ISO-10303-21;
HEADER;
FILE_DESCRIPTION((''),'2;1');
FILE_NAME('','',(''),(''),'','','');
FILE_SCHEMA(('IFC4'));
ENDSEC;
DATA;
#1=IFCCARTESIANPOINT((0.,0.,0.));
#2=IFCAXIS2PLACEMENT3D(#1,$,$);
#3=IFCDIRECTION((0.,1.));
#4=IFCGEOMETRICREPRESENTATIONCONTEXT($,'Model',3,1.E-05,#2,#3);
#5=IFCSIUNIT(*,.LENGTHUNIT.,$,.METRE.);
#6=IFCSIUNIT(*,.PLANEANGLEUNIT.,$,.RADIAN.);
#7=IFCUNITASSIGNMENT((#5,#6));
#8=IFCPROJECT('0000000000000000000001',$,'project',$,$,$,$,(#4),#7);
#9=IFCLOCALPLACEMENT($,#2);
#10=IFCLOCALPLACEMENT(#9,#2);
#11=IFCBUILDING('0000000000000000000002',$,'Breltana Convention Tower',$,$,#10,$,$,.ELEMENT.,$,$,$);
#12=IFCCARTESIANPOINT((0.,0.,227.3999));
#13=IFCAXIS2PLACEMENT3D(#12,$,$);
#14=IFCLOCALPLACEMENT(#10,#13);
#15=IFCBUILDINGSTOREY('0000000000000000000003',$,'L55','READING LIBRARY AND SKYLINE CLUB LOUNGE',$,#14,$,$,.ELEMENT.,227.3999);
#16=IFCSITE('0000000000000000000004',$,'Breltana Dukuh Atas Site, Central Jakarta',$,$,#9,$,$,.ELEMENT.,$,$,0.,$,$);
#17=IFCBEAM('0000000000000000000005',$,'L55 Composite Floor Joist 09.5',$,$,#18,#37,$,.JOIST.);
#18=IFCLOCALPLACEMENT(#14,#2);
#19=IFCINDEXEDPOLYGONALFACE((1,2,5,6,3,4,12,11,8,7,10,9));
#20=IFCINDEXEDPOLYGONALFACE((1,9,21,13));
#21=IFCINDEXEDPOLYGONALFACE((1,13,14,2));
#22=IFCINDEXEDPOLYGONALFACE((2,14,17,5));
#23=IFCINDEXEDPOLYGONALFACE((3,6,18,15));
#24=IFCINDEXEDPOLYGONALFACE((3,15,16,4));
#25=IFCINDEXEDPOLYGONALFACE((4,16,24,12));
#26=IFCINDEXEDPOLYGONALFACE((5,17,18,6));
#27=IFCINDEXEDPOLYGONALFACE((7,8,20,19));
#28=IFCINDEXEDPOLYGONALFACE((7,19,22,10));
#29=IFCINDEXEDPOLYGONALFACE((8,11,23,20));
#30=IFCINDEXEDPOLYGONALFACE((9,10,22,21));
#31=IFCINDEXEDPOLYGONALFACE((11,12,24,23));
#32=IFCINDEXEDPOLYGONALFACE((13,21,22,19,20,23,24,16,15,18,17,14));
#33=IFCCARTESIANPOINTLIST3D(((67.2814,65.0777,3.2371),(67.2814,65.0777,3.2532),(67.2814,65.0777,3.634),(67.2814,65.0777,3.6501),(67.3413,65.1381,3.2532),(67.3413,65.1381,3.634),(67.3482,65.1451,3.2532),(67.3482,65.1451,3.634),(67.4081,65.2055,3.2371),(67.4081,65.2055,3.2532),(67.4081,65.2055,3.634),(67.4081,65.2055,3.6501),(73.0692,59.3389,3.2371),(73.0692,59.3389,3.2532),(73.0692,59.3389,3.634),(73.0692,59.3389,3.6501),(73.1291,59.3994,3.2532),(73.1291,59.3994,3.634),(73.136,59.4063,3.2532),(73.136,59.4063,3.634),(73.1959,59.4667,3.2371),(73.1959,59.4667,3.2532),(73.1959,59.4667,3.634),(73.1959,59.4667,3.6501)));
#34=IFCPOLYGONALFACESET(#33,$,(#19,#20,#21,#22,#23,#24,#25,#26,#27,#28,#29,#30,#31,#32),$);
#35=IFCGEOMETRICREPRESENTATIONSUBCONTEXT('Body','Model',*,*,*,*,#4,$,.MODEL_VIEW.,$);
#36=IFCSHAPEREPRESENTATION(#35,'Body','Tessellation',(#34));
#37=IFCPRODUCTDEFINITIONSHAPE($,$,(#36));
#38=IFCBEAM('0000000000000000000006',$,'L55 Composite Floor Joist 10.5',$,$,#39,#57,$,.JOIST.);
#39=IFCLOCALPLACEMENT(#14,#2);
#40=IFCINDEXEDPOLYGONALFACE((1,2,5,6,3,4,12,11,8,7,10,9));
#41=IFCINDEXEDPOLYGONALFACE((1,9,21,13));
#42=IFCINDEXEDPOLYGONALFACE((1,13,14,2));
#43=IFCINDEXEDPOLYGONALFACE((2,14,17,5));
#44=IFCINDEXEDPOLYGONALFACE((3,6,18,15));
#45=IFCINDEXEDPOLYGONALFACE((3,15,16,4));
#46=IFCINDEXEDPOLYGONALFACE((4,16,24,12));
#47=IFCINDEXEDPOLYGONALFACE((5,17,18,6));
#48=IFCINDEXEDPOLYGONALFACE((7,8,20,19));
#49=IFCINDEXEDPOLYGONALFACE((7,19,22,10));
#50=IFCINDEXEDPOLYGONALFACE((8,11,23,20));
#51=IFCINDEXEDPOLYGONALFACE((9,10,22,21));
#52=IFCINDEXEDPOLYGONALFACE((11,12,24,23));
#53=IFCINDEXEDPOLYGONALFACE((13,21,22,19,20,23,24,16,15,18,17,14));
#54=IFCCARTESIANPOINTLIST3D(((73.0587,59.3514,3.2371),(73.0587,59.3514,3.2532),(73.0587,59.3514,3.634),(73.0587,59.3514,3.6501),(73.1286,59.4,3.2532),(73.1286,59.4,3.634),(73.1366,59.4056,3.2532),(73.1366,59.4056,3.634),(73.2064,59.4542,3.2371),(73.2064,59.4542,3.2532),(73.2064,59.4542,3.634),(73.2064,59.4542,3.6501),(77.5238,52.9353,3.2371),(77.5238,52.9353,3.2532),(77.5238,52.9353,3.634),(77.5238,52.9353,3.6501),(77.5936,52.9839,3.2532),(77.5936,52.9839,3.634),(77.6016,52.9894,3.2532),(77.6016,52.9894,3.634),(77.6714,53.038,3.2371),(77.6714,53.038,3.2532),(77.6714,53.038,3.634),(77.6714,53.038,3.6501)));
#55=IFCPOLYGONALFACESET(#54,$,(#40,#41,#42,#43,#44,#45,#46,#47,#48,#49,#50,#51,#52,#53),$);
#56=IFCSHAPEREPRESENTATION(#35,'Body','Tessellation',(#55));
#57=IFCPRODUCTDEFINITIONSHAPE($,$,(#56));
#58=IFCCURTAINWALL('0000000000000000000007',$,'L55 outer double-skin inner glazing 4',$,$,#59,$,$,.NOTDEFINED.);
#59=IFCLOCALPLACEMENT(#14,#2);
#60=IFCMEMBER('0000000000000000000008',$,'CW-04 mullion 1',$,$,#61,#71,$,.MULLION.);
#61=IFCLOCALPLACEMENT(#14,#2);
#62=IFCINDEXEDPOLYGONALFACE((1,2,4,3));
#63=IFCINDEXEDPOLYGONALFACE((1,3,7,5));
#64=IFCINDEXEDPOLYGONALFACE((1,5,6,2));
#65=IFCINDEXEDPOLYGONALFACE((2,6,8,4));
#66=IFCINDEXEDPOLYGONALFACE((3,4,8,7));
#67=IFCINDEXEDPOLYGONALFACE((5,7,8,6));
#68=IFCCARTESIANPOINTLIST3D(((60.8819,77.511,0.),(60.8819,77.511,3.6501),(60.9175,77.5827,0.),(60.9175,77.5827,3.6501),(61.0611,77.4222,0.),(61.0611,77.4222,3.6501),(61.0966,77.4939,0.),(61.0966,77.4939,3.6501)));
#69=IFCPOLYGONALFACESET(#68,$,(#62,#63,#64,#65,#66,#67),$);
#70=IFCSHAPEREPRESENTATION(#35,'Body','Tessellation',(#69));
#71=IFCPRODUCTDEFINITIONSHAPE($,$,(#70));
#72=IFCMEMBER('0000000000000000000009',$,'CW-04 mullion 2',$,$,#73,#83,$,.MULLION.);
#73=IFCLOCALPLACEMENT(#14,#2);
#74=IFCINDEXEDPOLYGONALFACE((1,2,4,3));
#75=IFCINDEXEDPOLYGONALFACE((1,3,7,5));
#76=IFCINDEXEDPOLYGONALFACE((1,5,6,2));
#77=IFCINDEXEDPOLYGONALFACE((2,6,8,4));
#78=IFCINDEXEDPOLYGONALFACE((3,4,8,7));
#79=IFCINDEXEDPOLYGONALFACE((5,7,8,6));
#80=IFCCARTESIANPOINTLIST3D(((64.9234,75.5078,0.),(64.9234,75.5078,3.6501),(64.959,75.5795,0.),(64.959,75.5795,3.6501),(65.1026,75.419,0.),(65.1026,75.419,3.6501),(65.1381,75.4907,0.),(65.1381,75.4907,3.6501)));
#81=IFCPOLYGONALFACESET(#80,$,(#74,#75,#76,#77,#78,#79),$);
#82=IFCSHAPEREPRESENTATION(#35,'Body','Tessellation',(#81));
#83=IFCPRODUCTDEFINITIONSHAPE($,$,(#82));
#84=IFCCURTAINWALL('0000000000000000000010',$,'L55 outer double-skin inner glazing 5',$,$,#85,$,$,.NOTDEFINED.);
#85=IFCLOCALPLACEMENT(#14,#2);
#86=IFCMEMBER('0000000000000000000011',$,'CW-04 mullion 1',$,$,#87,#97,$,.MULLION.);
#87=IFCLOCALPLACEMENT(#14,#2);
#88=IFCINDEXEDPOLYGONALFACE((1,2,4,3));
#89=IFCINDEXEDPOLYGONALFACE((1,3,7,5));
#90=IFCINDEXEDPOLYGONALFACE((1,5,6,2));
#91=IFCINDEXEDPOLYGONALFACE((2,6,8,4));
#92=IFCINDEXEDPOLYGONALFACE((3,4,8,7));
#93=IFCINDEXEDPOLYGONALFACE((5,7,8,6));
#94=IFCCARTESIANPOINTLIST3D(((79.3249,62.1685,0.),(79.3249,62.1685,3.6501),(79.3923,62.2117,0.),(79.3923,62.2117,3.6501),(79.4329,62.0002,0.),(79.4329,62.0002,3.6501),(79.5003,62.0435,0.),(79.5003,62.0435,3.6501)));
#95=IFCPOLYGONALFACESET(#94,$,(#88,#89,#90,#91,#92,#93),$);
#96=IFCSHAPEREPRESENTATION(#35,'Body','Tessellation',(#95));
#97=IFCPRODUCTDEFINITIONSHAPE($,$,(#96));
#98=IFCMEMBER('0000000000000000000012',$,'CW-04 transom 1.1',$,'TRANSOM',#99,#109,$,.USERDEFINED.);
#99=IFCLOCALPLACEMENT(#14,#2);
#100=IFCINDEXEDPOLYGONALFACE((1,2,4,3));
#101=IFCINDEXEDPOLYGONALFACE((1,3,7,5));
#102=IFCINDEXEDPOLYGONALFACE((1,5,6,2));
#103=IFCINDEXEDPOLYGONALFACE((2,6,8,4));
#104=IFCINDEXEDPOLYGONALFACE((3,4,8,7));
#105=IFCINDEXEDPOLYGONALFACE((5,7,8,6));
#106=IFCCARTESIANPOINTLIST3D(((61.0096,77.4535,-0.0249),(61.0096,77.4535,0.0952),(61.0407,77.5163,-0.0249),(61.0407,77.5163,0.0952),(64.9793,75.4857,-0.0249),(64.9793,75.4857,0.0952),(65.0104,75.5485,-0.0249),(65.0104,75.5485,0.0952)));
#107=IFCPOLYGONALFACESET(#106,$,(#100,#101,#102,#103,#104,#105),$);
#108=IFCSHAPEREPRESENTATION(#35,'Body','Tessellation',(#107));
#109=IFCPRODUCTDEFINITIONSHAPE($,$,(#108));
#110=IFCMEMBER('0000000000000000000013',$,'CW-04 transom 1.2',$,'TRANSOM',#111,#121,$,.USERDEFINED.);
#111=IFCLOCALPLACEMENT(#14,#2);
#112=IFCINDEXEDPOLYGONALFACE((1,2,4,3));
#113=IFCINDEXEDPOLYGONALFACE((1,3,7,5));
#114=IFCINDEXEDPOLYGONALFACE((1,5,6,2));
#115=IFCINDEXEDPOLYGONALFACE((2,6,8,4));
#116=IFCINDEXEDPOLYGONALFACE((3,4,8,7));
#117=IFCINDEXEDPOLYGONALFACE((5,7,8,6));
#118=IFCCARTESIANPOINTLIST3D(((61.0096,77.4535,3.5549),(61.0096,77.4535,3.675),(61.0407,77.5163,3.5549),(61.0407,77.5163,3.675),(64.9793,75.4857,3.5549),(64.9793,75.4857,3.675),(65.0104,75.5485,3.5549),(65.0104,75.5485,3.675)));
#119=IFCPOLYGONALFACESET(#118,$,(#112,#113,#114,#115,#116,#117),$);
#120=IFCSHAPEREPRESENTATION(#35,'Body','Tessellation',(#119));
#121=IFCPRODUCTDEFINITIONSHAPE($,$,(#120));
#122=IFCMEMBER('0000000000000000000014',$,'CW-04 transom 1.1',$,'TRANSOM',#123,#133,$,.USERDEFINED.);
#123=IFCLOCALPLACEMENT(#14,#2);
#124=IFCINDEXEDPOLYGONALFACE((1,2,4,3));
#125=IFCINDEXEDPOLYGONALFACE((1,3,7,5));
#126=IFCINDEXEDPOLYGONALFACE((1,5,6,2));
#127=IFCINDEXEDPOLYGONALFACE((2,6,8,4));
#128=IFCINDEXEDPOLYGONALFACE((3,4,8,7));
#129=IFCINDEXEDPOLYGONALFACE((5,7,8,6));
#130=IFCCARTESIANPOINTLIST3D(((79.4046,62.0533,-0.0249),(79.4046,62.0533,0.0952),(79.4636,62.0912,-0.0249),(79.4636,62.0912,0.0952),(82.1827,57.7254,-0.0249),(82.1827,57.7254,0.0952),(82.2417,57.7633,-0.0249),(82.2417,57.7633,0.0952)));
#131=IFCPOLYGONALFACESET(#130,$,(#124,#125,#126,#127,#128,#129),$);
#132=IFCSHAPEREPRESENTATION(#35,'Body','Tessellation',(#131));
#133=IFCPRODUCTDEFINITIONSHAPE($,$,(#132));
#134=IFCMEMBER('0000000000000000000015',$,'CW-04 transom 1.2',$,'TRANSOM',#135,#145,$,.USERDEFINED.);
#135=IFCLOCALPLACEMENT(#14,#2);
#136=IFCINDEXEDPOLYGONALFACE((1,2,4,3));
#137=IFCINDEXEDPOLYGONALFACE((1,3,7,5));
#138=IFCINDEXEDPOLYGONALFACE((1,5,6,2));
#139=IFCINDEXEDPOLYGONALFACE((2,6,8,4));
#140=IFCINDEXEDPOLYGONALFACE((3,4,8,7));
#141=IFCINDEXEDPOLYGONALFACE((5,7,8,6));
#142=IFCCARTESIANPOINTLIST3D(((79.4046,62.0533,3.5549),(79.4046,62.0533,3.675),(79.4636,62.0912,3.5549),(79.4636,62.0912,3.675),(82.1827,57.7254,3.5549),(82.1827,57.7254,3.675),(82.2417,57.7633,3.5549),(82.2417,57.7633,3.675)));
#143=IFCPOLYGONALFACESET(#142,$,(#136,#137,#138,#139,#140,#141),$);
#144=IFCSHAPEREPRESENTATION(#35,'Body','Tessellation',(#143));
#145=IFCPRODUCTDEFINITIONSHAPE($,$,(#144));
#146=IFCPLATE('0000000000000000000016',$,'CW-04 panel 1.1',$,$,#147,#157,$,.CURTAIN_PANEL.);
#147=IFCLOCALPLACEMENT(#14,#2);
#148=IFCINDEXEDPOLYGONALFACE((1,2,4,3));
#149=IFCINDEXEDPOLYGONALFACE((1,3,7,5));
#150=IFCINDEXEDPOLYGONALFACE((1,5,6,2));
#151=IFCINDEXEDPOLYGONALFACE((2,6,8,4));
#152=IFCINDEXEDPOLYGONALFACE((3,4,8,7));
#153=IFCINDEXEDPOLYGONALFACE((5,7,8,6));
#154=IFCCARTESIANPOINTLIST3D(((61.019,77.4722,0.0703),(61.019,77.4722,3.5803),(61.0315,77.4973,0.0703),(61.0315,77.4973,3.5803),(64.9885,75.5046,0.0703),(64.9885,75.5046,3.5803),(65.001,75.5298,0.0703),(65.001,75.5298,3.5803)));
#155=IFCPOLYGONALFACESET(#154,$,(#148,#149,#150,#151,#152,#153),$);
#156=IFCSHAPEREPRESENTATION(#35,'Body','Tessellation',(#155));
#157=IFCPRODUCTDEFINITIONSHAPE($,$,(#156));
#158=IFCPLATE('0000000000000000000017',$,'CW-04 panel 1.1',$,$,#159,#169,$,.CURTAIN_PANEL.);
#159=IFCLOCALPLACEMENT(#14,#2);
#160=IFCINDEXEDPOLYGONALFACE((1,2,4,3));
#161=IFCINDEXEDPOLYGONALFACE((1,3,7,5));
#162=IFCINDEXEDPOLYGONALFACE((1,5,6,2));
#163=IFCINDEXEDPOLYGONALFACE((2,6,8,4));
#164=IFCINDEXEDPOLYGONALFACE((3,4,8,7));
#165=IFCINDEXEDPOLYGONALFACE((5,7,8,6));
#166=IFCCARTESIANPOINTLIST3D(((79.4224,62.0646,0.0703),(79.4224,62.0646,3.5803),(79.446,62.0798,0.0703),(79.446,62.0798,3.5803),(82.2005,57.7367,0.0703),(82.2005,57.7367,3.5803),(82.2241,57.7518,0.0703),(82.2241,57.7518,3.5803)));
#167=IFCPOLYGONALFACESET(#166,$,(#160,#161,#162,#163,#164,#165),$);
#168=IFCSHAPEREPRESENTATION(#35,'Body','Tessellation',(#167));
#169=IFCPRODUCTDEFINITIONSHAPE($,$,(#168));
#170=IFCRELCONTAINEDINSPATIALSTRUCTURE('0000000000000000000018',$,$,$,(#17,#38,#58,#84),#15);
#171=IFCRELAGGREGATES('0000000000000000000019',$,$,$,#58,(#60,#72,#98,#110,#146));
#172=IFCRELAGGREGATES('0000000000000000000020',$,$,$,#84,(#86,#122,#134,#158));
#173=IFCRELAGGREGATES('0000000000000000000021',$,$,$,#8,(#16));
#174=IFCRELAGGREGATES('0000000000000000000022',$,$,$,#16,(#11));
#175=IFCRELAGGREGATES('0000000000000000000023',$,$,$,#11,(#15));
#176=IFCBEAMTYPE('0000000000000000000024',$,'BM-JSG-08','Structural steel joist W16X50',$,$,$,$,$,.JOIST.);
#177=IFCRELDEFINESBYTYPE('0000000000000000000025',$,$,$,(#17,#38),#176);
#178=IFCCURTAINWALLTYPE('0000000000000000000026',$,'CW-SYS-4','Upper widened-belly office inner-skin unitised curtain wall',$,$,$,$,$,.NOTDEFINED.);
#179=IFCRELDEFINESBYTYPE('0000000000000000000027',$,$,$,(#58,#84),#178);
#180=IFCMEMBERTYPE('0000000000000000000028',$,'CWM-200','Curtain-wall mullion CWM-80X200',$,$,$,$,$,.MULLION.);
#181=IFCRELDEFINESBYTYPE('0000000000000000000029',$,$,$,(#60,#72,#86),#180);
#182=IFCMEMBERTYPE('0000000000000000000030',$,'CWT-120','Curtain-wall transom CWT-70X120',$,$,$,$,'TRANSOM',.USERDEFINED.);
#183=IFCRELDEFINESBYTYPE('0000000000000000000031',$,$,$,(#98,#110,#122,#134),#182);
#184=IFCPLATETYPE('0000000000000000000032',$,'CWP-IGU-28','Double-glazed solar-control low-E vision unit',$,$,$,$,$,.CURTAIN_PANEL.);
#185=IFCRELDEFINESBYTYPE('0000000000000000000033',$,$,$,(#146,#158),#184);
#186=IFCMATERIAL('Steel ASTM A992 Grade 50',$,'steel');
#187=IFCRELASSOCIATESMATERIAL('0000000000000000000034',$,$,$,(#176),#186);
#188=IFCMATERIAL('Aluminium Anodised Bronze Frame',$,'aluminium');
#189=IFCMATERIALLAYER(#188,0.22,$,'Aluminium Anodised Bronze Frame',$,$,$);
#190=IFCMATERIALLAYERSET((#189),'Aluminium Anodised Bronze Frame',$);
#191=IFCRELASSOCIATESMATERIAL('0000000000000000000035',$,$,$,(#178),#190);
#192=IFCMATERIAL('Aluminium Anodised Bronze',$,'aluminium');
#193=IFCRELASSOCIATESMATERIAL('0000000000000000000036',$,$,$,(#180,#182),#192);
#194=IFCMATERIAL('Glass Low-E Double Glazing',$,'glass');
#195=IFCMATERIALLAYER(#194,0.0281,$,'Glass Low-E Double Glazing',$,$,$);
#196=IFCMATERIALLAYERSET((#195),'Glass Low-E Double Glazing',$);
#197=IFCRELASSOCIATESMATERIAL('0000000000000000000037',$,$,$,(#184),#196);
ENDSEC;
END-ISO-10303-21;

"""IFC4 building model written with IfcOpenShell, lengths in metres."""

from ifc_helpers import new_model, si_unit, direction, frame, origin, origin_2d, place, context, subcontext, project, spatial, rectangle, i_section, extrude, source, transform, mapped, material, layer, layer_set, material_profile, profile_set, type_object, element, aggregate, save


model = new_model("IFC4")

# Units and contexts
model_context = context("Model", 3, precision=1e-05, world=origin(), true_north=direction((0.0, 1.0)))
body_context = subcontext(model_context, "Body", "Model", "MODEL_VIEW")
ifc_project = project(units=[si_unit("LENGTHUNIT", "METRE"), si_unit("PLANEANGLEUNIT", "RADIAN")], contexts=[model_context])

# Site, building, storey
site_placement = place(None, origin())
site = spatial("IfcSite", under=ifc_project, at=site_placement, Name="Breltana Dukuh Atas Site, Central Jakarta", CompositionType="ELEMENT", RefElevation=0.0)
building_placement = place(site_placement, origin())
building = spatial("IfcBuilding", under=site, at=building_placement, Name="Breltana Convention Tower", CompositionType="ELEMENT")
storey_placement = place(building_placement, frame((0.0, 0.0, 227.3999)))
storey = spatial("IfcBuildingStorey", under=building, at=storey_placement, Name="L55", Description="READING LIBRARY AND SKYLINE CLUB LOUNGE", CompositionType="ELEMENT", Elevation=227.3999)

# Beams
ifc_material_1 = material(Name="Steel ASTM A992 Grade 50", Category="steel")
ifc_material_profile_1 = material_profile(ifc_material_1, i_section(OverallWidth=0.1799, OverallDepth=0.4131, WebThickness=0.0098, FlangeThickness=0.0161, at=origin_2d()), Name="W16X50")
ifc_profile_set_1 = profile_set([ifc_material_profile_1], Name="Steel ASTM A992 Grade 50")
beam_type_1 = type_object("IfcBeamType", Name="BM-JSG-08", Description="Structural steel joist W16X50", PredefinedType="JOIST", material=ifc_profile_set_1)
shared_shape_1 = source(origin(), body_context, "Body", "SweptSolid", [
    extrude(i_section(OverallWidth=0.1799, OverallDepth=0.4131, WebThickness=0.0098, FlangeThickness=0.0161, at=origin_2d()), origin(), (0.0, 0.0, 1.0), 8.1506),
])
beam_1_placement = place(storey_placement, frame((67.3447, 65.1416, 3.4436), z_axis=(0.710111, -0.70409, 0.0), x_axis=(0.70409, 0.710111, 0.0)))
element("IfcBeam", 1, at=beam_1_placement, inside=storey, type_object=beam_type_1, Name="L55 Composite Floor Joist 09.5", PredefinedType="JOIST", context=body_context, shape_type="MappedRepresentation", body=[
    mapped(shared_shape_1, transform((0.0, 0.0, 0.0), scale=1.0)),
])
shared_shape_2 = source(origin(), body_context, "Body", "SweptSolid", [
    extrude(i_section(OverallWidth=0.1799, OverallDepth=0.4131, WebThickness=0.0098, FlangeThickness=0.0161, at=origin_2d()), origin(), (0.0, 0.0, 1.0), 7.8169),
])
beam_2_placement = place(storey_placement, frame((73.1326, 59.4028, 3.4436), z_axis=(0.571203, -0.820809, 0.0), x_axis=(0.820809, 0.571203, 0.0)))
element("IfcBeam", 2, at=beam_2_placement, inside=storey, type_object=beam_type_1, Name="L55 Composite Floor Joist 10.5", PredefinedType="JOIST", context=body_context, shape_type="MappedRepresentation", body=[
    mapped(shared_shape_2, transform((0.0, 0.0, 0.0), scale=1.0)),
])

# Curtain wall, members
ifc_material_2 = material(Name="Aluminium Anodised Bronze Frame", Category="aluminium")
ifc_layer_1 = layer(ifc_material_2, 0.22, Name="Aluminium Anodised Bronze Frame")
ifc_layer_set_1 = layer_set([ifc_layer_1], Name="Aluminium Anodised Bronze Frame")
curtain_wall_type = type_object("IfcCurtainWallType", Name="CW-SYS-4", Description="Upper widened-belly office inner-skin unitised curtain wall", PredefinedType="NOTDEFINED", material=ifc_layer_set_1)
curtain_wall_1_placement = place(storey_placement, origin())
curtain_wall_1 = element("IfcCurtainWall", 3, at=curtain_wall_1_placement, inside=storey, type_object=curtain_wall_type, Name="L55 outer double-skin inner glazing 4", PredefinedType="NOTDEFINED")
ifc_material_3 = material(Name="Aluminium Anodised Bronze", Category="aluminium")
ifc_material_profile_2 = material_profile(ifc_material_3, rectangle(XDim=0.0801, YDim=0.2, at=origin_2d()), Name="CWM-80X200")
ifc_profile_set_2 = profile_set([ifc_material_profile_2], Name="Aluminium Anodised Bronze")
member_type_1 = type_object("IfcMemberType", Name="CWM-200", Description="Curtain-wall mullion CWM-80X200", PredefinedType="MULLION", material=ifc_profile_set_2)
shared_shape_3 = source(origin(), body_context, "Body", "SweptSolid", [
    extrude(rectangle(XDim=0.0801, YDim=0.2, at=origin_2d()), origin(), (0.0, 0.0, 1.0), 3.6501),
])
member_1_placement = place(storey_placement, frame((60.9893, 77.5024, 0.0), z_axis=(0.0, 0.0, 1.0), x_axis=(0.444109, 0.895973, 0.0)))
member_1 = element("IfcMember", 4, at=member_1_placement, type_object=member_type_1, Name="CW-04 mullion 1", PredefinedType="MULLION", context=body_context, shape_type="MappedRepresentation", body=[
    mapped(shared_shape_3, transform((0.0, 0.0, 0.0), scale=1.0)),
])
member_2_placement = place(storey_placement, frame((65.0308, 75.4993, 0.0), z_axis=(0.0, 0.0, 1.0), x_axis=(0.444109, 0.895973, 0.0)))
member_2 = element("IfcMember", 5, at=member_2_placement, type_object=member_type_1, Name="CW-04 mullion 2", PredefinedType="MULLION", context=body_context, shape_type="MappedRepresentation", body=[
    mapped(shared_shape_3, transform((0.0, 0.0, 0.0), scale=1.0)),
])

# Curtain wall, member
curtain_wall_2_placement = place(storey_placement, origin())
curtain_wall_2 = element("IfcCurtainWall", 6, at=curtain_wall_2_placement, inside=storey, type_object=curtain_wall_type, Name="L55 outer double-skin inner glazing 5", PredefinedType="NOTDEFINED")
member_3_placement = place(storey_placement, frame((79.4126, 62.106, 0.0), z_axis=(0.0, 0.0, 1.0), x_axis=(0.841548, 0.540182, 0.0)))
member_3 = element("IfcMember", 7, at=member_3_placement, type_object=member_type_1, Name="CW-04 mullion 1", PredefinedType="MULLION", context=body_context, shape_type="MappedRepresentation", body=[
    mapped(shared_shape_3, transform((0.0, 0.0, 0.0), scale=1.0)),
])

# Members
ifc_material_profile_3 = material_profile(ifc_material_3, rectangle(XDim=0.0701, YDim=0.1201, at=origin_2d()), Name="CWT-70X120")
ifc_profile_set_3 = profile_set([ifc_material_profile_3], Name="Aluminium Anodised Bronze")
member_type_2 = type_object("IfcMemberType", Name="CWT-120", Description="Curtain-wall transom CWT-70X120", ElementType="TRANSOM", PredefinedType="USERDEFINED", material=ifc_profile_set_3)
shared_shape_4 = source(origin(), body_context, "Body", "SweptSolid", [
    extrude(rectangle(XDim=0.0701, YDim=0.1201, at=origin_2d()), origin(), (0.0, 0.0, 1.0), 4.4307),
])
member_4_placement = place(storey_placement, frame((61.0251, 77.4849, 0.0352), z_axis=(0.895965, -0.444125, 0.0), x_axis=(0.444125, 0.895965, 0.0)))
member_4 = element("IfcMember", 8, at=member_4_placement, type_object=member_type_2, Name="CW-04 transom 1.1", ObjectType="TRANSOM", PredefinedType="USERDEFINED", context=body_context, shape_type="MappedRepresentation", body=[
    mapped(shared_shape_4, transform((0.0, 0.0, 0.0), scale=1.0)),
])
member_5_placement = place(storey_placement, frame((61.0251, 77.4849, 3.615), z_axis=(0.895965, -0.444125, 0.0), x_axis=(0.444125, 0.895965, 0.0)))
member_5 = element("IfcMember", 9, at=member_5_placement, type_object=member_type_2, Name="CW-04 transom 1.2", ObjectType="TRANSOM", PredefinedType="USERDEFINED", context=body_context, shape_type="MappedRepresentation", body=[
    mapped(shared_shape_4, transform((0.0, 0.0, 0.0), scale=1.0)),
])
shared_shape_5 = source(origin(), body_context, "Body", "SweptSolid", [
    extrude(rectangle(XDim=0.0701, YDim=0.1201, at=origin_2d()), origin(), (0.0, 0.0, 1.0), 5.1428),
])
member_6_placement = place(storey_placement, frame((79.4341, 62.0723, 0.0352), z_axis=(0.540189, -0.841544, 0.0), x_axis=(0.841544, 0.540189, 0.0)))
member_6 = element("IfcMember", 10, at=member_6_placement, type_object=member_type_2, Name="CW-04 transom 1.1", ObjectType="TRANSOM", PredefinedType="USERDEFINED", context=body_context, shape_type="MappedRepresentation", body=[
    mapped(shared_shape_5, transform((0.0, 0.0, 0.0), scale=1.0)),
])
member_7_placement = place(storey_placement, frame((79.4341, 62.0723, 3.615), z_axis=(0.540189, -0.841544, 0.0), x_axis=(0.841544, 0.540189, 0.0)))
member_7 = element("IfcMember", 11, at=member_7_placement, type_object=member_type_2, Name="CW-04 transom 1.2", ObjectType="TRANSOM", PredefinedType="USERDEFINED", context=body_context, shape_type="MappedRepresentation", body=[
    mapped(shared_shape_5, transform((0.0, 0.0, 0.0), scale=1.0)),
])

# Plates
ifc_material_4 = material(Name="Glass Low-E Double Glazing", Category="glass")
ifc_layer_2 = layer(ifc_material_4, 0.0281, Name="Glass Low-E Double Glazing")
ifc_layer_set_2 = layer_set([ifc_layer_2], Name="Glass Low-E Double Glazing")
plate_type = type_object("IfcPlateType", Name="CWP-IGU-28", Description="Double-glazed solar-control low-E vision unit", PredefinedType="CURTAIN_PANEL", material=ifc_layer_set_2)
shared_shape_6 = source(origin(), body_context, "Body", "SweptSolid", [
    extrude(rectangle(XDim=4.4304, YDim=0.0281, at=origin_2d()), origin(), (0.0, 0.0, 1.0), 3.51),
])
plate_1_placement = place(storey_placement, frame((63.01, 76.501, 0.0703), z_axis=(0.0, 0.0, 1.0), x_axis=(0.895973, -0.444109, 0.0)))
plate_1 = element("IfcPlate", 12, at=plate_1_placement, type_object=plate_type, Name="CW-04 panel 1.1", PredefinedType="CURTAIN_PANEL", context=body_context, shape_type="MappedRepresentation", body=[
    mapped(shared_shape_6, transform((0.0, 0.0, 0.0), scale=1.0)),
])
aggregate(curtain_wall_1, [member_1, member_2, member_4, member_5, plate_1])
shared_shape_7 = source(origin(), body_context, "Body", "SweptSolid", [
    extrude(rectangle(XDim=5.1428, YDim=0.0281, at=origin_2d()), origin(), (0.0, 0.0, 1.0), 3.51),
])
plate_2_placement = place(storey_placement, frame((80.8232, 59.9082, 0.0703), z_axis=(0.0, 0.0, 1.0), x_axis=(0.540182, -0.841548, 0.0)))
plate_2 = element("IfcPlate", 13, at=plate_2_placement, type_object=plate_type, Name="CW-04 panel 1.1", PredefinedType="CURTAIN_PANEL", context=body_context, shape_type="MappedRepresentation", body=[
    mapped(shared_shape_7, transform((0.0, 0.0, 0.0), scale=1.0)),
])
aggregate(curtain_wall_2, [member_3, member_6, member_7, plate_2])

save(model, "model.ifc")
